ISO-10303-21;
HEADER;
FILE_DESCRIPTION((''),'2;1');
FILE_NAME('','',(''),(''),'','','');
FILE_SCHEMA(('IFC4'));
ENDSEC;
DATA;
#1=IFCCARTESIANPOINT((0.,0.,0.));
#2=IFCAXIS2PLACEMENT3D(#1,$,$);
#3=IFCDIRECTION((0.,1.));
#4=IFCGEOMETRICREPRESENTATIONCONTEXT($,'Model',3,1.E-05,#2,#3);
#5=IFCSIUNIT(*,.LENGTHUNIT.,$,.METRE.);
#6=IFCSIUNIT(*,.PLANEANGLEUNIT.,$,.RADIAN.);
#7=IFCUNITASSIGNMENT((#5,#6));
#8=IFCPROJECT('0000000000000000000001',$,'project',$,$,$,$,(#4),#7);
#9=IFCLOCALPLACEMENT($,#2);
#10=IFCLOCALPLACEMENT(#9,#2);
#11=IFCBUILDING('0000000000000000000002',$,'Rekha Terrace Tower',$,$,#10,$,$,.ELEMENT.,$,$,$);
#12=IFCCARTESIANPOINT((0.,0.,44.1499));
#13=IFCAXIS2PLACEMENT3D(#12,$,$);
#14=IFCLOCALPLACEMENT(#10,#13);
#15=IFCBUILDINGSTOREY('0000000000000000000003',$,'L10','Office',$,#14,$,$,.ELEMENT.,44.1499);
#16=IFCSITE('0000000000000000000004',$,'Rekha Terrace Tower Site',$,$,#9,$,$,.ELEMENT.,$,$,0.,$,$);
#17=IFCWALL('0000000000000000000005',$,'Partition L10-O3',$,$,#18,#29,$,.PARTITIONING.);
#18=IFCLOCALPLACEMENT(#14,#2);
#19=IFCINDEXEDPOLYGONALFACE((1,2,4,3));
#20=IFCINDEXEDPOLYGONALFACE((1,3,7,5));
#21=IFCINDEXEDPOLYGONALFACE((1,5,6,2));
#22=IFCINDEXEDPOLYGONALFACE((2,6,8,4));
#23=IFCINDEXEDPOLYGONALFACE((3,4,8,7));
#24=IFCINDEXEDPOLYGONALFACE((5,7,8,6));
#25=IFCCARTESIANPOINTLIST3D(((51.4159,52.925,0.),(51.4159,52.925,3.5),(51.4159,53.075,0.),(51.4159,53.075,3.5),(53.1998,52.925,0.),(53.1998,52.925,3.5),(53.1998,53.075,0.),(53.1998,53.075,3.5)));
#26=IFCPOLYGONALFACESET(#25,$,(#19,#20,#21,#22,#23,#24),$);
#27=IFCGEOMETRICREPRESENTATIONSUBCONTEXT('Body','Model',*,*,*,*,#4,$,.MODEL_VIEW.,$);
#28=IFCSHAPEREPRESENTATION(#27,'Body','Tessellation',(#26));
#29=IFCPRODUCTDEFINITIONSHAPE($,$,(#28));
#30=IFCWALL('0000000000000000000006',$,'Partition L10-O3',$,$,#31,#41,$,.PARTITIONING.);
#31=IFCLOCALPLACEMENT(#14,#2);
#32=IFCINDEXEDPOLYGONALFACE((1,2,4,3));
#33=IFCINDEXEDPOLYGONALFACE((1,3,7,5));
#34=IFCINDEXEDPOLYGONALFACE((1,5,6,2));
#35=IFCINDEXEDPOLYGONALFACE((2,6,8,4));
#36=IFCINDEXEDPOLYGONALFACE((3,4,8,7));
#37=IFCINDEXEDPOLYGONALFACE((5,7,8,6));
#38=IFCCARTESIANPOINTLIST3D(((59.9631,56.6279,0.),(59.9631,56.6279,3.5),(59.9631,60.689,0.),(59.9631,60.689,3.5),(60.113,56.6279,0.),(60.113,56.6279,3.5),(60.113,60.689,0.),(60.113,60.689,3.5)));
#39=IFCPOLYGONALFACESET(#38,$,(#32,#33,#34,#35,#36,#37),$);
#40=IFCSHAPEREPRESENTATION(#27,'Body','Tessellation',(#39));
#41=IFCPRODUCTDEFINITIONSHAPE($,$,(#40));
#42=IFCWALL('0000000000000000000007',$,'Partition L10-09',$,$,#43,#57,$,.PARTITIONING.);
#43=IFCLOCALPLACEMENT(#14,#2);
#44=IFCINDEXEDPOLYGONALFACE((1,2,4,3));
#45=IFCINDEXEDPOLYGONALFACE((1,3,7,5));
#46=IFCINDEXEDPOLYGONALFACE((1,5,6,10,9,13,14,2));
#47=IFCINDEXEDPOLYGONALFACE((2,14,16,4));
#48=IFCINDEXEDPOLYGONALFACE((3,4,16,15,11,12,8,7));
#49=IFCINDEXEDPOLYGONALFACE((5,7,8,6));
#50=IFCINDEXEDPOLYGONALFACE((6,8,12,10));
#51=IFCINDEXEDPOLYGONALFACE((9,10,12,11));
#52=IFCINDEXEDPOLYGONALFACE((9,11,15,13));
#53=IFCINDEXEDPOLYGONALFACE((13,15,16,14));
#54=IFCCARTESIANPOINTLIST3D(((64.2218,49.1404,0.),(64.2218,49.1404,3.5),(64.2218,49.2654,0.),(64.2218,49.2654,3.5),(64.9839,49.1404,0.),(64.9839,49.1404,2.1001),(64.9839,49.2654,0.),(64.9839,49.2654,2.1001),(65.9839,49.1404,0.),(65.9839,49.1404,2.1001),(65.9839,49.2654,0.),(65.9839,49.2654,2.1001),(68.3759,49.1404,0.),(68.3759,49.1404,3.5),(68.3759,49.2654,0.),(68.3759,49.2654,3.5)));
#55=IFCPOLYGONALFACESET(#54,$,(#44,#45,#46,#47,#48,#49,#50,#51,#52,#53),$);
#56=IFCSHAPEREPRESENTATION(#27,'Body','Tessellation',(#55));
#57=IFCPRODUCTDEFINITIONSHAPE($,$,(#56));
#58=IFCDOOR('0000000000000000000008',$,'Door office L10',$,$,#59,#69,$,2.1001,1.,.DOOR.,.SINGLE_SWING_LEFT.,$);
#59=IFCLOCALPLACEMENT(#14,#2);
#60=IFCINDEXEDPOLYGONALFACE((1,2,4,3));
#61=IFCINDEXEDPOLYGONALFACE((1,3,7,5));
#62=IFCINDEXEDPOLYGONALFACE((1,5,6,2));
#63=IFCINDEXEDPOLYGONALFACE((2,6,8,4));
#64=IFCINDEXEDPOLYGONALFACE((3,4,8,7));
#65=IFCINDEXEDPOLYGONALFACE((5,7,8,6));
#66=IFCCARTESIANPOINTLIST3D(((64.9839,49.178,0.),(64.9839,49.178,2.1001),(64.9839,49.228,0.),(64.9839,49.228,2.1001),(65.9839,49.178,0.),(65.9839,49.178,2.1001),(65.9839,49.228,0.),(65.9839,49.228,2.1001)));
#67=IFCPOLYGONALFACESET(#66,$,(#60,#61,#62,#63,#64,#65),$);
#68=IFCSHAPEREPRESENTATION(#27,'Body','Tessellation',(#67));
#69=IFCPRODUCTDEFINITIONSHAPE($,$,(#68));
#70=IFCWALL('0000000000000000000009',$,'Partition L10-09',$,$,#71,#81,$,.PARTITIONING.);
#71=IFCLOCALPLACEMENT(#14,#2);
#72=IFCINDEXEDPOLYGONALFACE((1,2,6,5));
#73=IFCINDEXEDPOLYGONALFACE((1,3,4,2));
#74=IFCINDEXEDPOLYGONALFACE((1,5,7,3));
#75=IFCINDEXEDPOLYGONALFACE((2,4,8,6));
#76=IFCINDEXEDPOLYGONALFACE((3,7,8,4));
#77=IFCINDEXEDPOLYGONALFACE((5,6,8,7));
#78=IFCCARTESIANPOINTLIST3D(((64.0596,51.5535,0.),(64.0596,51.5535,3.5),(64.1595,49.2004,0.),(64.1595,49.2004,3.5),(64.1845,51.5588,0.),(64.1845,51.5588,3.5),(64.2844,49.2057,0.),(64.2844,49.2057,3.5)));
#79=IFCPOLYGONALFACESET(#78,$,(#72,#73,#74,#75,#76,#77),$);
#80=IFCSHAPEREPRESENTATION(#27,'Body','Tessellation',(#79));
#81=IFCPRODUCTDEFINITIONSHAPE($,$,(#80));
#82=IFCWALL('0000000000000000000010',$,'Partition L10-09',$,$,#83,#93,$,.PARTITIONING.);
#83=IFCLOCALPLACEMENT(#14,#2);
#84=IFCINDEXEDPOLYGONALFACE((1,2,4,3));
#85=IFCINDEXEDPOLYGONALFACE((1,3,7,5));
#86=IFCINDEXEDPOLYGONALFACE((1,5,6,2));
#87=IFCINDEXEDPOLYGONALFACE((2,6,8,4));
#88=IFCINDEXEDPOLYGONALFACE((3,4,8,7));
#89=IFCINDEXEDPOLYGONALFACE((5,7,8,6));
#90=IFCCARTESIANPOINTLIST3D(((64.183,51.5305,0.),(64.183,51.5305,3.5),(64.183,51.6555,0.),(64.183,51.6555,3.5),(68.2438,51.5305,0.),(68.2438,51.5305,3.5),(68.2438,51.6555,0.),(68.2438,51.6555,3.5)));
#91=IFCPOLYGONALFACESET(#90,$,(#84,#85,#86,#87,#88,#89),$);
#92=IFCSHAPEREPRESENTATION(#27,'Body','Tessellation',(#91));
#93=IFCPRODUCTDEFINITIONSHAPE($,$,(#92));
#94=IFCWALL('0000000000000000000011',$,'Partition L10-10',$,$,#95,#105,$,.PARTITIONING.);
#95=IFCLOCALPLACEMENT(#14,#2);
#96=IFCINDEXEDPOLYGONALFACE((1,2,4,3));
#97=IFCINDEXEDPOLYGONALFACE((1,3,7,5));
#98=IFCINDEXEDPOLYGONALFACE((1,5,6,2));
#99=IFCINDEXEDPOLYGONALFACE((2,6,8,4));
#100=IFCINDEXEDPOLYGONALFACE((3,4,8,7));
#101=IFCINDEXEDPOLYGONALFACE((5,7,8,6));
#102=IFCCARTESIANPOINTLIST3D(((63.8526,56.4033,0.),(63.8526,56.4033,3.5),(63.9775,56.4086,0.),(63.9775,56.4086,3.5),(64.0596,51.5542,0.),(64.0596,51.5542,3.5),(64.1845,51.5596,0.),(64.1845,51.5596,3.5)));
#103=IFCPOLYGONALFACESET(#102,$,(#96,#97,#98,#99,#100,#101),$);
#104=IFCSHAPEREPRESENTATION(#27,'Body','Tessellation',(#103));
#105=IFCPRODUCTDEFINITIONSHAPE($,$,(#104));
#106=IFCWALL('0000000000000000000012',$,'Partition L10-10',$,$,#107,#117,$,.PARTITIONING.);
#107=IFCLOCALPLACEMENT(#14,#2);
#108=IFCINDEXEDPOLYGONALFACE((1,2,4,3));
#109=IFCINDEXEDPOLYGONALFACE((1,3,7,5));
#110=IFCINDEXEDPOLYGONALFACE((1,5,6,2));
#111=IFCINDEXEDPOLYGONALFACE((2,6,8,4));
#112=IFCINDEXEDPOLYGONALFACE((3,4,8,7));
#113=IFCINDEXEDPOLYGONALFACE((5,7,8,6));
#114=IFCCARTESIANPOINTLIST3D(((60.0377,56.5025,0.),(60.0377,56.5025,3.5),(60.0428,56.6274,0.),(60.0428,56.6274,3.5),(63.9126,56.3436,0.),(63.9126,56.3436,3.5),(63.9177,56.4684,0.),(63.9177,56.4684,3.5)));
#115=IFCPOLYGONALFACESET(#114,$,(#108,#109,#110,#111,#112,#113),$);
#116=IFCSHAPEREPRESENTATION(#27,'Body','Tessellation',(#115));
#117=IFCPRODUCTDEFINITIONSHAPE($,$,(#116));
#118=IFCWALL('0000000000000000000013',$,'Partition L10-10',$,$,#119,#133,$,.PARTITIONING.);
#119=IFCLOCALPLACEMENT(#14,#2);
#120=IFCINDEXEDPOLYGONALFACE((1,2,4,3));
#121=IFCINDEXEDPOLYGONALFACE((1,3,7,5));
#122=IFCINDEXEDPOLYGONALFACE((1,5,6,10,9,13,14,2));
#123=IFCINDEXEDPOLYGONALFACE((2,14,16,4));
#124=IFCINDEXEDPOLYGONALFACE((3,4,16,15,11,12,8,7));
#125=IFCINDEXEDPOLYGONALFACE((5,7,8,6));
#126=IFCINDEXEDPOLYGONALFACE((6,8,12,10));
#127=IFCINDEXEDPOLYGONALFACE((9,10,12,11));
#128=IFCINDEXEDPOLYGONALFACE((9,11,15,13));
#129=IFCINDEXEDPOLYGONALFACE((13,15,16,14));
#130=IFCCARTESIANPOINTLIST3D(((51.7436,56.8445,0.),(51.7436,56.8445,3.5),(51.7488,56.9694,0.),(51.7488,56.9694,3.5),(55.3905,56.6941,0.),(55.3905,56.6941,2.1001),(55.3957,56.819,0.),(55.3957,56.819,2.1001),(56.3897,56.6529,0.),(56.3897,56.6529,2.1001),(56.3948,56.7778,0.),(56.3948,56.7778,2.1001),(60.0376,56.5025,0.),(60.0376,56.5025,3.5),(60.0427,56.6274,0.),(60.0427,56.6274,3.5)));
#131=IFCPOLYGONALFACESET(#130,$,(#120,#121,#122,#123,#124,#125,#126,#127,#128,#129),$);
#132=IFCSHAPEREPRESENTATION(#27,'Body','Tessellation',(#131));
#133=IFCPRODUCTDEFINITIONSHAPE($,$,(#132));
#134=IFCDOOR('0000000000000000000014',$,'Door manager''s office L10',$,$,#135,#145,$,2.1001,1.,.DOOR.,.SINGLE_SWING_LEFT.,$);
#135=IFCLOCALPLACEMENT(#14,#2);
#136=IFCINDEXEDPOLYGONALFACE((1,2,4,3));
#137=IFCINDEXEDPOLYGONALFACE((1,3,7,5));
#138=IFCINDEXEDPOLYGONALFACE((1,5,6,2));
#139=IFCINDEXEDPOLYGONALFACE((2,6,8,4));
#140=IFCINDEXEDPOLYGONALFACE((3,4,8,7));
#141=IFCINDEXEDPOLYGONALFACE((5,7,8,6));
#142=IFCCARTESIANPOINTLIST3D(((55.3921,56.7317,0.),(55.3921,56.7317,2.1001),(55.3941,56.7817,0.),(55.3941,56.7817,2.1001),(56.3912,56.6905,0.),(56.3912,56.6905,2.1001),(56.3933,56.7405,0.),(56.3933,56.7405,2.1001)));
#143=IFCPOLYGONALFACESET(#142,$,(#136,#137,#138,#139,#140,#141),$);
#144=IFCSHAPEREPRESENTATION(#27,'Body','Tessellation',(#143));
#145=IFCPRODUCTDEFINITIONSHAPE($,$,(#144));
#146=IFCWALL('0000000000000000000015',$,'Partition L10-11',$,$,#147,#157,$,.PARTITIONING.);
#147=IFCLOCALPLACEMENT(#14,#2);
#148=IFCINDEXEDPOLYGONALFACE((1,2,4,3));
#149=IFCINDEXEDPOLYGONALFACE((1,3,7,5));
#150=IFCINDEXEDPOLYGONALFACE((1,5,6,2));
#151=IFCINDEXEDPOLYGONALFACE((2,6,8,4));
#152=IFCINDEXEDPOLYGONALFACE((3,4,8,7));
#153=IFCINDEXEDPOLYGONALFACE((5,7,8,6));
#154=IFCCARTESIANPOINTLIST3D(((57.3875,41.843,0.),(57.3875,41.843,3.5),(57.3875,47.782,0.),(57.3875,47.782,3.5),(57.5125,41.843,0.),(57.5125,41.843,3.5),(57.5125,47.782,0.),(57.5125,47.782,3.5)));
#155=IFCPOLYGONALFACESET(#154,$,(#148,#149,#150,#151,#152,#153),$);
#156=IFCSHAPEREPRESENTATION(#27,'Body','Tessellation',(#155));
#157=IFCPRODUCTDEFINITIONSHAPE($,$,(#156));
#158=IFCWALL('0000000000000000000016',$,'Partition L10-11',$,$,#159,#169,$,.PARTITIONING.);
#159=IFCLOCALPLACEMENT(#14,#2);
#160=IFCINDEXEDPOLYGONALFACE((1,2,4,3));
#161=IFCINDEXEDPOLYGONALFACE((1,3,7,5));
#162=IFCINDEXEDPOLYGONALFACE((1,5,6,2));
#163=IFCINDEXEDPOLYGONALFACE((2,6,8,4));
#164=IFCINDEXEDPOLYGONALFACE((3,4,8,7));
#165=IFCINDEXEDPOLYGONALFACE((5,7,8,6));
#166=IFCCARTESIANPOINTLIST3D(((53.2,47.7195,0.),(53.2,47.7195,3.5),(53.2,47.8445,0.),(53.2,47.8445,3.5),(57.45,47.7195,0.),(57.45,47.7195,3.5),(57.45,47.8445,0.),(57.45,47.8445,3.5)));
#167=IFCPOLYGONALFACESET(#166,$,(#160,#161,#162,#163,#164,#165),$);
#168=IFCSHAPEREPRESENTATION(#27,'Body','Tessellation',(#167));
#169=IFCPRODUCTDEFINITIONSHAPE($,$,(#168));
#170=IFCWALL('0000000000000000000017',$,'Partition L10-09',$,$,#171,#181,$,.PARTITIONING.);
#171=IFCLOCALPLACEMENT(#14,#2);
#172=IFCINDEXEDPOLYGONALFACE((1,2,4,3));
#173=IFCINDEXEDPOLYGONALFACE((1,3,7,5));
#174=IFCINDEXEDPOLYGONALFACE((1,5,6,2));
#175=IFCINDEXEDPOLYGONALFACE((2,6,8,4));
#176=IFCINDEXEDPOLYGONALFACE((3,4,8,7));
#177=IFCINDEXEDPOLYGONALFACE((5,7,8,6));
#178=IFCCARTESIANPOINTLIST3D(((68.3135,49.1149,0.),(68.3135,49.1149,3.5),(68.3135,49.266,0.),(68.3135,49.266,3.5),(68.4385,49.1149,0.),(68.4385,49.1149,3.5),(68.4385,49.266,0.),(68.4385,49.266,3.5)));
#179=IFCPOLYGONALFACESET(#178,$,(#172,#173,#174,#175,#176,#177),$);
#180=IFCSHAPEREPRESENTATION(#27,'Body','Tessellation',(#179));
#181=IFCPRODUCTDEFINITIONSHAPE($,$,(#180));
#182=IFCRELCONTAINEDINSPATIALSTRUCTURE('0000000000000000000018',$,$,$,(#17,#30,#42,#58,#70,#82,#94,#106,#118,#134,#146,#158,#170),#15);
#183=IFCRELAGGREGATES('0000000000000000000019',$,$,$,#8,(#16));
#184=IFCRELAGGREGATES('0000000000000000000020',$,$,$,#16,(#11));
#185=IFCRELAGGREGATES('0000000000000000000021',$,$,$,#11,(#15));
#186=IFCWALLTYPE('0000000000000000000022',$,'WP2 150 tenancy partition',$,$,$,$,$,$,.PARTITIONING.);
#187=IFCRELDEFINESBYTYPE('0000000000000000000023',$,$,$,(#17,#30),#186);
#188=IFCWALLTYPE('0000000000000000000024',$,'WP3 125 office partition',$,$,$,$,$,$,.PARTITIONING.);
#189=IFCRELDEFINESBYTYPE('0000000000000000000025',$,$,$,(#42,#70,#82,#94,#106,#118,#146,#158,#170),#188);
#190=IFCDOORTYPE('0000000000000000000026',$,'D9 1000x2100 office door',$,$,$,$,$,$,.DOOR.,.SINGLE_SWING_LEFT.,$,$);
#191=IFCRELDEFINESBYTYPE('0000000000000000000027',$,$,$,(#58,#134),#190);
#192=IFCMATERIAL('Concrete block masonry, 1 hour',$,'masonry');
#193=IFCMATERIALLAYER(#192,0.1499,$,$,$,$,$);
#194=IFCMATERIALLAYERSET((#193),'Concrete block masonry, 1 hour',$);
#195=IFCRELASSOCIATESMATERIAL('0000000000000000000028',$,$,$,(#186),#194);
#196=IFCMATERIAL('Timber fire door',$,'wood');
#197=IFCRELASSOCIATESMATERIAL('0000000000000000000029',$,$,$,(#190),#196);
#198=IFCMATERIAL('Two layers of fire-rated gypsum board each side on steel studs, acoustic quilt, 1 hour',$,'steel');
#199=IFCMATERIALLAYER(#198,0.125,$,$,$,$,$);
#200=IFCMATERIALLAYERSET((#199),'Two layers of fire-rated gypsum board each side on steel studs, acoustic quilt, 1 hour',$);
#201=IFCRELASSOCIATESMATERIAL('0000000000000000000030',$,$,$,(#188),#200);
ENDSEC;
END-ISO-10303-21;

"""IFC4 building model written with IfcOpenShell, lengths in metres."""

from ifc_helpers import new_model, si_unit, direction, frame, frame_2d, origin, place, context, subcontext, project, spatial, rectangle, extrude, material, layer, layer_set, type_object, element, fill, save


model = new_model("IFC4")

# Units and contexts
model_context = context("Model", 3, precision=1e-05, world=origin(), true_north=direction((0.0, 1.0)))
body_context = subcontext(model_context, "Body", "Model", "MODEL_VIEW")
ifc_project = project(units=[si_unit("LENGTHUNIT", "METRE"), si_unit("PLANEANGLEUNIT", "RADIAN")], contexts=[model_context])

# Site, building, storey
site_placement = place(None, origin())
site = spatial("IfcSite", under=ifc_project, at=site_placement, Name="Rekha Terrace Tower Site", CompositionType="ELEMENT", RefElevation=0.0)
building_placement = place(site_placement, origin())
building = spatial("IfcBuilding", under=site, at=building_placement, Name="Rekha Terrace Tower", CompositionType="ELEMENT")
storey_placement = place(building_placement, frame((0.0, 0.0, 44.1499)))
storey = spatial("IfcBuildingStorey", under=building, at=storey_placement, Name="L10", Description="Office", CompositionType="ELEMENT", Elevation=44.1499)

# Shared definitions
ifc_material_1 = material(Name="Concrete block masonry, 1 hour", Category="masonry")
ifc_layer_1 = layer(ifc_material_1, 0.1499)
ifc_layer_set_1 = layer_set([ifc_layer_1], Name="Concrete block masonry, 1 hour")
wall_type_1 = type_object("IfcWallType", Name="WP2 150 tenancy partition", PredefinedType="PARTITIONING", material=ifc_layer_set_1)
ifc_material_2 = material(Name="Timber fire door", Category="wood")
door_type = type_object("IfcDoorType", Name="D9 1000x2100 office door", OperationType="SINGLE_SWING_LEFT", PredefinedType="DOOR", material=ifc_material_2)

# Walls
wall_1_placement = place(storey_placement, frame((53.2, 53.0, 0.0), z_axis=(0.0, 0.0, 1.0), x_axis=(-1.0, 0.0, 0.0)))
element("IfcWall", 1, at=wall_1_placement, inside=storey, type_object=wall_type_1, Name="Partition L10-O3", PredefinedType="PARTITIONING", context=body_context, shape_type="SweptSolid", body=[
    extrude(rectangle(XDim=1.7839, YDim=0.1499, at=frame_2d((0.8921, 0.0))), origin(), (0.0, 0.0, 1.0), 3.5),
])
wall_2_placement = place(storey_placement, frame((60.0381, 56.6279, 0.0), z_axis=(0.0, 0.0, 1.0), x_axis=(0.0, 1.0, 0.0)))
element("IfcWall", 2, at=wall_2_placement, inside=storey, type_object=wall_type_1, Name="Partition L10-O3", PredefinedType="PARTITIONING", context=body_context, shape_type="SweptSolid", body=[
    extrude(rectangle(XDim=4.061, YDim=0.1499, at=frame_2d((2.0305, 0.0))), origin(), (0.0, 0.0, 1.0), 3.5),
])

# Wall, opening, door
ifc_material_3 = material(Name="Two layers of fire-rated gypsum board each side on steel studs, acoustic quilt, 1 hour", Category="steel")
ifc_layer_2 = layer(ifc_material_3, 0.125)
ifc_layer_set_2 = layer_set([ifc_layer_2], Name="Two layers of fire-rated gypsum board each side on steel studs, acoustic quilt, 1 hour")
wall_type_2 = type_object("IfcWallType", Name="WP3 125 office partition", PredefinedType="PARTITIONING", material=ifc_layer_set_2)
wall_3_placement = place(storey_placement, frame((68.376, 49.2029, 0.0), z_axis=(0.0, 0.0, 1.0), x_axis=(-1.0, 0.0, 0.0)))
wall_3 = element("IfcWall", 3, at=wall_3_placement, inside=storey, type_object=wall_type_2, Name="Partition L10-09", PredefinedType="PARTITIONING", context=body_context, shape_type="SweptSolid", body=[
    extrude(rectangle(XDim=4.1541, YDim=0.125, at=frame_2d((2.0771, 0.0))), origin(), (0.0, 0.0, 1.0), 3.5),
])
opening_1_placement = place(wall_3_placement, frame((2.3921, 0.0, 0.0)))
opening_1 = element("IfcOpeningElement", 4, at=opening_1_placement, cuts=wall_3, PredefinedType="OPENING", context=body_context, shape_type="SweptSolid", body=[
    extrude(rectangle(XDim=1.0, YDim=2.1001, at=frame_2d((0.5, 1.05))), frame((0.0, 0.0725, 0.0), z_axis=(0.0, -1.0, 0.0), x_axis=(1.0, 0.0, 0.0)), (0.0, 0.0, 1.0), 0.145),
])
door_1_placement = place(opening_1_placement, origin())
door_1 = element("IfcDoor", 5, at=door_1_placement, inside=storey, type_object=door_type, Name="Door office L10", OperationType="SINGLE_SWING_LEFT", OverallHeight=2.1001, OverallWidth=1.0, PredefinedType="DOOR", context=body_context, shape_type="SweptSolid", body=[
    extrude(rectangle(XDim=1.0, YDim=2.1001, at=frame_2d((0.5, 1.05))), frame((0.0, 0.0249, 0.0), z_axis=(0.0, -1.0, 0.0), x_axis=(1.0, 0.0, 0.0)), (0.0, 0.0, 1.0), 0.05),
])
fill(opening_1, door_1)

# Walls
wall_4_placement = place(storey_placement, frame((64.2219, 49.2029, 0.0), z_axis=(0.0, 0.0, 1.0), x_axis=(-0.042398, 0.999101, 0.0)))
element("IfcWall", 6, at=wall_4_placement, inside=storey, type_object=wall_type_2, Name="Partition L10-09", PredefinedType="PARTITIONING", context=body_context, shape_type="SweptSolid", body=[
    extrude(rectangle(XDim=2.3552, YDim=0.125, at=frame_2d((1.1777, 0.0))), origin(), (0.0, 0.0, 1.0), 3.5),
])
wall_5_placement = place(storey_placement, frame((64.1831, 51.593, 0.0), z_axis=(0.0, 0.0, 1.0), x_axis=(1.0, 0.0, 0.0)))
element("IfcWall", 7, at=wall_5_placement, inside=storey, type_object=wall_type_2, Name="Partition L10-09", PredefinedType="PARTITIONING", context=body_context, shape_type="SweptSolid", body=[
    extrude(rectangle(XDim=4.0608, YDim=0.125, at=frame_2d((2.0303, 0.0))), origin(), (0.0, 0.0, 1.0), 3.5),
])
wall_6_placement = place(storey_placement, frame((64.1221, 51.5569, 0.0), z_axis=(0.0, 0.0, 1.0), x_axis=(-0.042656, 0.99909, 0.0)))
element("IfcWall", 8, at=wall_6_placement, inside=storey, type_object=wall_type_2, Name="Partition L10-10", PredefinedType="PARTITIONING", context=body_context, shape_type="SweptSolid", body=[
    extrude(rectangle(XDim=4.8535, YDim=0.125, at=frame_2d((2.4268, 0.0))), origin(), (0.0, 0.0, 1.0), 3.5),
])
wall_7_placement = place(storey_placement, frame((63.915, 56.406, 0.0), z_axis=(0.0, 0.0, 1.0), x_axis=(-0.99916, 0.040981, 0.0)))
element("IfcWall", 9, at=wall_7_placement, inside=storey, type_object=wall_type_2, Name="Partition L10-10", PredefinedType="PARTITIONING", context=body_context, shape_type="SweptSolid", body=[
    extrude(rectangle(XDim=3.8782, YDim=0.125, at=frame_2d((1.939, 0.0))), origin(), (0.0, 0.0, 1.0), 3.5),
])

# Wall, opening, door
wall_8_placement = place(storey_placement, frame((60.04, 56.5649, 0.0), z_axis=(0.0, 0.0, 1.0), x_axis=(-0.999151, 0.041205, 0.0)))
wall_8 = element("IfcWall", 10, at=wall_8_placement, inside=storey, type_object=wall_type_2, Name="Partition L10-10", PredefinedType="PARTITIONING", context=body_context, shape_type="SweptSolid", body=[
    extrude(rectangle(XDim=8.301, YDim=0.125, at=frame_2d((4.1504, 0.0))), origin(), (0.0, 0.0, 1.0), 3.5),
])
opening_2_placement = place(wall_8_placement, frame((3.6509, 0.0, 0.0)))
opening_2 = element("IfcOpeningElement", 11, at=opening_2_placement, cuts=wall_8, PredefinedType="OPENING", context=body_context, shape_type="SweptSolid", body=[
    extrude(rectangle(XDim=1.0, YDim=2.1001, at=frame_2d((0.5, 1.05))), frame((0.0, 0.0725, 0.0), z_axis=(0.0, -1.0, 0.0), x_axis=(1.0, 0.0, 0.0)), (0.0, 0.0, 1.0), 0.145),
])
door_2_placement = place(opening_2_placement, origin())
door_2 = element("IfcDoor", 12, at=door_2_placement, inside=storey, type_object=door_type, Name="Door manager's office L10", OperationType="SINGLE_SWING_LEFT", OverallHeight=2.1001, OverallWidth=1.0, PredefinedType="DOOR", context=body_context, shape_type="SweptSolid", body=[
    extrude(rectangle(XDim=1.0, YDim=2.1001, at=frame_2d((0.5, 1.05))), frame((0.0, 0.0249, 0.0), z_axis=(0.0, -1.0, 0.0), x_axis=(1.0, 0.0, 0.0)), (0.0, 0.0, 1.0), 0.05),
])
fill(opening_2, door_2)

# Walls
wall_9_placement = place(storey_placement, frame((57.45, 47.782, 0.0), z_axis=(0.0, 0.0, 1.0), x_axis=(0.0, -1.0, 0.0)))
element("IfcWall", 13, at=wall_9_placement, inside=storey, type_object=wall_type_2, Name="Partition L10-11", PredefinedType="PARTITIONING", context=body_context, shape_type="SweptSolid", body=[
    extrude(rectangle(XDim=5.939, YDim=0.125, at=frame_2d((2.9695, 0.0))), origin(), (0.0, 0.0, 1.0), 3.5),
])
wall_10_placement = place(storey_placement, frame((53.2, 47.782, 0.0), z_axis=(0.0, 0.0, 1.0), x_axis=(1.0, 0.0, 0.0)))
element("IfcWall", 14, at=wall_10_placement, inside=storey, type_object=wall_type_2, Name="Partition L10-11", PredefinedType="PARTITIONING", context=body_context, shape_type="SweptSolid", body=[
    extrude(rectangle(XDim=4.25, YDim=0.125, at=frame_2d((2.125, 0.0))), origin(), (0.0, 0.0, 1.0), 3.5),
])
wall_11_placement = place(storey_placement, frame((68.376, 49.2661, 0.0), z_axis=(0.0, 0.0, 1.0), x_axis=(0.0, -1.0, 0.0)))
element("IfcWall", 15, at=wall_11_placement, inside=storey, type_object=wall_type_2, Name="Partition L10-09", PredefinedType="PARTITIONING", context=body_context, shape_type="SweptSolid", body=[
    extrude(rectangle(XDim=0.1511, YDim=0.125, at=frame_2d((0.0757, 0.0))), origin(), (0.0, 0.0, 1.0), 3.5),
])

save(model, "model.ifc")
